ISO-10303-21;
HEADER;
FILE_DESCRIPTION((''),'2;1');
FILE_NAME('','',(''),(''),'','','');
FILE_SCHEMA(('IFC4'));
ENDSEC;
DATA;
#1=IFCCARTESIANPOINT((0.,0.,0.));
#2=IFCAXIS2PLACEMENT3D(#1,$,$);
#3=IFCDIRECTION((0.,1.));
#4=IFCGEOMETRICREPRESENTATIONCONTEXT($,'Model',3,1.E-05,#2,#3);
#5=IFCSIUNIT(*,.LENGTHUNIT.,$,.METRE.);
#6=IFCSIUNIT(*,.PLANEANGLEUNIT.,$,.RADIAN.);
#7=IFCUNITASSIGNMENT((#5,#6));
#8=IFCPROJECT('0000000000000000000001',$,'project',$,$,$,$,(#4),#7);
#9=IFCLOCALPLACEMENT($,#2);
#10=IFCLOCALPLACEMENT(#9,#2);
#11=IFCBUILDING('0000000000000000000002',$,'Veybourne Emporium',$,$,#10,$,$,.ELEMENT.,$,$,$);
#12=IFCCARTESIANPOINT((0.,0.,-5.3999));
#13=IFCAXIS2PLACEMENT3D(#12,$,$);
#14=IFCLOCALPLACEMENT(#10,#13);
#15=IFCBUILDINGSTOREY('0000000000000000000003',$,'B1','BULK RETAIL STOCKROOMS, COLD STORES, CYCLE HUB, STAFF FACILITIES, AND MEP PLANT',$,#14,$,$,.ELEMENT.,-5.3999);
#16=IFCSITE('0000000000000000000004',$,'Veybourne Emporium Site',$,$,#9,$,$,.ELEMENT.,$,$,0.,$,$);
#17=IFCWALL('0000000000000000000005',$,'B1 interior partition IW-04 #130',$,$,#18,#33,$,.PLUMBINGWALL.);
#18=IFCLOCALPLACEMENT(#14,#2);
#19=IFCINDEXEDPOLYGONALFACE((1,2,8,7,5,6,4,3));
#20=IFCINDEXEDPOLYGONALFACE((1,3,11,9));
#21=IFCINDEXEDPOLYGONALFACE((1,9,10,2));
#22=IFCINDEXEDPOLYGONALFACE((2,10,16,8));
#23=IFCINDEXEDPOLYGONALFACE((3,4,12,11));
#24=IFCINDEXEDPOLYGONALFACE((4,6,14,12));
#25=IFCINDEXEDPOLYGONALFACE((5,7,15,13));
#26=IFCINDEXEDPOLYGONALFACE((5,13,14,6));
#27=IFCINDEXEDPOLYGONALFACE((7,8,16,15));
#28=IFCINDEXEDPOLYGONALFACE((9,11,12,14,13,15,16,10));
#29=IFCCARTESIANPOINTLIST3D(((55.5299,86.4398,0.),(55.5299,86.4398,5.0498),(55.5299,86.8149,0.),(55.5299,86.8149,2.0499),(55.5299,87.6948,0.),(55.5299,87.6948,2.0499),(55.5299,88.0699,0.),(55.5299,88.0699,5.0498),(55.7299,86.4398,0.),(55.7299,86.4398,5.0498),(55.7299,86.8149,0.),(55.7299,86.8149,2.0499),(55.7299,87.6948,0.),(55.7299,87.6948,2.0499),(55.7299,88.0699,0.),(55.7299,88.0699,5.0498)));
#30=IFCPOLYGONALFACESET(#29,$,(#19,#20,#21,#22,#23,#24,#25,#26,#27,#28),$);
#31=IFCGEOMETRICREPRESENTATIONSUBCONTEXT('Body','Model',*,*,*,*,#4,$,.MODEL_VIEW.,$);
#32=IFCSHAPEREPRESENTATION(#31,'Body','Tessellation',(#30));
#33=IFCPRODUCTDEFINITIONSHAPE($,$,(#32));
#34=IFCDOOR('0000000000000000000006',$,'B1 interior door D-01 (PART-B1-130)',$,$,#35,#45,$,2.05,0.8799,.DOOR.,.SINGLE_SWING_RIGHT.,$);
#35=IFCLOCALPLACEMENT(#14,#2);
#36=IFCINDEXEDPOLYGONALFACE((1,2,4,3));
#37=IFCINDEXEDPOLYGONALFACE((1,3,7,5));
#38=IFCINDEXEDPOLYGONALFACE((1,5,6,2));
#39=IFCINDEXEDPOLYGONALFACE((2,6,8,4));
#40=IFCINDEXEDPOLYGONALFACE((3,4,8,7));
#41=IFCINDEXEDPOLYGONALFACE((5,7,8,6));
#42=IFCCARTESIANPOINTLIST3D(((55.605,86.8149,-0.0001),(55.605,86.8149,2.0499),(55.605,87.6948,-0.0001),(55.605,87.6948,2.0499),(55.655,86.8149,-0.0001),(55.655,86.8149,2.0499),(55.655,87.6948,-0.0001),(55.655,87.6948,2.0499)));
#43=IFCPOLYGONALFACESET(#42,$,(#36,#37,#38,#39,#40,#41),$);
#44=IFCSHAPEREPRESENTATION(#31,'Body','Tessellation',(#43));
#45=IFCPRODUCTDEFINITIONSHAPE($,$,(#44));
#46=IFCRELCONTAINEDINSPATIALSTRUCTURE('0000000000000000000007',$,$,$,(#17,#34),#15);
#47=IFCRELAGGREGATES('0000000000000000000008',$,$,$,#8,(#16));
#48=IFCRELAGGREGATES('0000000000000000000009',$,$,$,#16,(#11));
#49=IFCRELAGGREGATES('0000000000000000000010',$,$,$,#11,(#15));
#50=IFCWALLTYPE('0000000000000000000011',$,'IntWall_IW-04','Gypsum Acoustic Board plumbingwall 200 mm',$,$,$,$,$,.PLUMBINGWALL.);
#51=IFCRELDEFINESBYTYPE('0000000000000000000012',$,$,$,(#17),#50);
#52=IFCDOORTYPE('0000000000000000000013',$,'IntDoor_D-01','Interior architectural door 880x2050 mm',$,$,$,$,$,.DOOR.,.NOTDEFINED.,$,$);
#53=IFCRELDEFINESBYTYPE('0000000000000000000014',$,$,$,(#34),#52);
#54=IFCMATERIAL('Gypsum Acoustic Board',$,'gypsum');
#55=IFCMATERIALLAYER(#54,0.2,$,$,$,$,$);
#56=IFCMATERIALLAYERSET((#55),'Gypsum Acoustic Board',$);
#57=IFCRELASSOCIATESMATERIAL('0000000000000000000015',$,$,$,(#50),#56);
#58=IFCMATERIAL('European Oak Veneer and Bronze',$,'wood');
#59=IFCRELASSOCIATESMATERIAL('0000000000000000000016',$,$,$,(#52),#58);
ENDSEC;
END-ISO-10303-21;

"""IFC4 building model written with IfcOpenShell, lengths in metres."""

from ifc_helpers import new_model, si_unit, direction, frame, frame_2d, origin, place, context, subcontext, project, spatial, rectangle, extrude, material, layer, layer_set, type_object, element, fill, save


model = new_model("IFC4")

# Units and contexts
model_context = context("Model", 3, precision=1e-05, world=origin(), true_north=direction((0.0, 1.0)))
body_context = subcontext(model_context, "Body", "Model", "MODEL_VIEW")
ifc_project = project(units=[si_unit("LENGTHUNIT", "METRE"), si_unit("PLANEANGLEUNIT", "RADIAN")], contexts=[model_context])

# Site, building, storey
site_placement = place(None, origin())
site = spatial("IfcSite", under=ifc_project, at=site_placement, Name="Veybourne Emporium Site", CompositionType="ELEMENT", RefElevation=0.0)
building_placement = place(site_placement, origin())
building = spatial("IfcBuilding", under=site, at=building_placement, Name="Veybourne Emporium", CompositionType="ELEMENT")
storey_placement = place(building_placement, frame((0.0, 0.0, -5.3999)))
storey = spatial("IfcBuildingStorey", under=building, at=storey_placement, Name="B1", Description="BULK RETAIL STOCKROOMS, COLD STORES, CYCLE HUB, STAFF FACILITIES, AND MEP PLANT", CompositionType="ELEMENT", Elevation=-5.3999)

# Shared definitions
ifc_material_1 = material(Name="Gypsum Acoustic Board", Category="gypsum")
ifc_material_2 = material(Name="European Oak Veneer and Bronze", Category="wood")

# Shared definitions
ifc_layer_1 = layer(ifc_material_1, 0.2)
ifc_layer_set_1 = layer_set([ifc_layer_1], Name="Gypsum Acoustic Board")
wall_type_1 = type_object("IfcWallType", Name="IntWall_IW-04", Description="Gypsum Acoustic Board plumbingwall 200 mm", PredefinedType="PLUMBINGWALL", material=ifc_layer_set_1)

# Wall, opening, door
wall_1_placement = place(storey_placement, frame((55.6299, 86.4399, 0.0), z_axis=(0.0, 0.0, 1.0), x_axis=(0.0, 1.0, 0.0)))
wall_1 = element("IfcWall", 1, at=wall_1_placement, inside=storey, type_object=wall_type_1, Name="B1 interior partition IW-04 #130", PredefinedType="PLUMBINGWALL", context=body_context, shape_type="SweptSolid", body=[
    extrude(rectangle(XDim=1.6301, YDim=0.2, at=frame_2d((0.8149, 0.0))), origin(), (0.0, 0.0, 1.0), 5.0498),
])
opening_1_placement = place(wall_1_placement, frame((0.375, 0.0, 0.0)))
opening_1 = element("IfcOpeningElement", 2, at=opening_1_placement, cuts=wall_1, PredefinedType="OPENING", context=body_context, shape_type="SweptSolid", body=[
    extrude(rectangle(XDim=0.8799, YDim=2.05, at=frame_2d((0.4399, 1.0249))), frame((0.0, 0.1201, 0.0), z_axis=(0.0, -1.0, 0.0), x_axis=(1.0, 0.0, 0.0)), (0.0, 0.0, 1.0), 0.24),
])
door_type_1 = type_object("IfcDoorType", Name="IntDoor_D-01", Description="Interior architectural door 880x2050 mm", OperationType="NOTDEFINED", PredefinedType="DOOR", material=ifc_material_2)
door_1_placement = place(opening_1_placement, origin())
door_1 = element("IfcDoor", 3, at=door_1_placement, inside=storey, type_object=door_type_1, Name="B1 interior door D-01 (PART-B1-130)", OperationType="SINGLE_SWING_RIGHT", OverallHeight=2.05, OverallWidth=0.8799, PredefinedType="DOOR", context=body_context, shape_type="SweptSolid", body=[
    extrude(rectangle(XDim=0.8799, YDim=2.05, at=frame_2d((0.4399, 1.0249))), frame((0.0, 0.0249, 0.0), z_axis=(0.0, -1.0, 0.0), x_axis=(1.0, 0.0, 0.0)), (0.0, 0.0, 1.0), 0.05),
])
fill(opening_1, door_1)

save(model, "model.ifc")
